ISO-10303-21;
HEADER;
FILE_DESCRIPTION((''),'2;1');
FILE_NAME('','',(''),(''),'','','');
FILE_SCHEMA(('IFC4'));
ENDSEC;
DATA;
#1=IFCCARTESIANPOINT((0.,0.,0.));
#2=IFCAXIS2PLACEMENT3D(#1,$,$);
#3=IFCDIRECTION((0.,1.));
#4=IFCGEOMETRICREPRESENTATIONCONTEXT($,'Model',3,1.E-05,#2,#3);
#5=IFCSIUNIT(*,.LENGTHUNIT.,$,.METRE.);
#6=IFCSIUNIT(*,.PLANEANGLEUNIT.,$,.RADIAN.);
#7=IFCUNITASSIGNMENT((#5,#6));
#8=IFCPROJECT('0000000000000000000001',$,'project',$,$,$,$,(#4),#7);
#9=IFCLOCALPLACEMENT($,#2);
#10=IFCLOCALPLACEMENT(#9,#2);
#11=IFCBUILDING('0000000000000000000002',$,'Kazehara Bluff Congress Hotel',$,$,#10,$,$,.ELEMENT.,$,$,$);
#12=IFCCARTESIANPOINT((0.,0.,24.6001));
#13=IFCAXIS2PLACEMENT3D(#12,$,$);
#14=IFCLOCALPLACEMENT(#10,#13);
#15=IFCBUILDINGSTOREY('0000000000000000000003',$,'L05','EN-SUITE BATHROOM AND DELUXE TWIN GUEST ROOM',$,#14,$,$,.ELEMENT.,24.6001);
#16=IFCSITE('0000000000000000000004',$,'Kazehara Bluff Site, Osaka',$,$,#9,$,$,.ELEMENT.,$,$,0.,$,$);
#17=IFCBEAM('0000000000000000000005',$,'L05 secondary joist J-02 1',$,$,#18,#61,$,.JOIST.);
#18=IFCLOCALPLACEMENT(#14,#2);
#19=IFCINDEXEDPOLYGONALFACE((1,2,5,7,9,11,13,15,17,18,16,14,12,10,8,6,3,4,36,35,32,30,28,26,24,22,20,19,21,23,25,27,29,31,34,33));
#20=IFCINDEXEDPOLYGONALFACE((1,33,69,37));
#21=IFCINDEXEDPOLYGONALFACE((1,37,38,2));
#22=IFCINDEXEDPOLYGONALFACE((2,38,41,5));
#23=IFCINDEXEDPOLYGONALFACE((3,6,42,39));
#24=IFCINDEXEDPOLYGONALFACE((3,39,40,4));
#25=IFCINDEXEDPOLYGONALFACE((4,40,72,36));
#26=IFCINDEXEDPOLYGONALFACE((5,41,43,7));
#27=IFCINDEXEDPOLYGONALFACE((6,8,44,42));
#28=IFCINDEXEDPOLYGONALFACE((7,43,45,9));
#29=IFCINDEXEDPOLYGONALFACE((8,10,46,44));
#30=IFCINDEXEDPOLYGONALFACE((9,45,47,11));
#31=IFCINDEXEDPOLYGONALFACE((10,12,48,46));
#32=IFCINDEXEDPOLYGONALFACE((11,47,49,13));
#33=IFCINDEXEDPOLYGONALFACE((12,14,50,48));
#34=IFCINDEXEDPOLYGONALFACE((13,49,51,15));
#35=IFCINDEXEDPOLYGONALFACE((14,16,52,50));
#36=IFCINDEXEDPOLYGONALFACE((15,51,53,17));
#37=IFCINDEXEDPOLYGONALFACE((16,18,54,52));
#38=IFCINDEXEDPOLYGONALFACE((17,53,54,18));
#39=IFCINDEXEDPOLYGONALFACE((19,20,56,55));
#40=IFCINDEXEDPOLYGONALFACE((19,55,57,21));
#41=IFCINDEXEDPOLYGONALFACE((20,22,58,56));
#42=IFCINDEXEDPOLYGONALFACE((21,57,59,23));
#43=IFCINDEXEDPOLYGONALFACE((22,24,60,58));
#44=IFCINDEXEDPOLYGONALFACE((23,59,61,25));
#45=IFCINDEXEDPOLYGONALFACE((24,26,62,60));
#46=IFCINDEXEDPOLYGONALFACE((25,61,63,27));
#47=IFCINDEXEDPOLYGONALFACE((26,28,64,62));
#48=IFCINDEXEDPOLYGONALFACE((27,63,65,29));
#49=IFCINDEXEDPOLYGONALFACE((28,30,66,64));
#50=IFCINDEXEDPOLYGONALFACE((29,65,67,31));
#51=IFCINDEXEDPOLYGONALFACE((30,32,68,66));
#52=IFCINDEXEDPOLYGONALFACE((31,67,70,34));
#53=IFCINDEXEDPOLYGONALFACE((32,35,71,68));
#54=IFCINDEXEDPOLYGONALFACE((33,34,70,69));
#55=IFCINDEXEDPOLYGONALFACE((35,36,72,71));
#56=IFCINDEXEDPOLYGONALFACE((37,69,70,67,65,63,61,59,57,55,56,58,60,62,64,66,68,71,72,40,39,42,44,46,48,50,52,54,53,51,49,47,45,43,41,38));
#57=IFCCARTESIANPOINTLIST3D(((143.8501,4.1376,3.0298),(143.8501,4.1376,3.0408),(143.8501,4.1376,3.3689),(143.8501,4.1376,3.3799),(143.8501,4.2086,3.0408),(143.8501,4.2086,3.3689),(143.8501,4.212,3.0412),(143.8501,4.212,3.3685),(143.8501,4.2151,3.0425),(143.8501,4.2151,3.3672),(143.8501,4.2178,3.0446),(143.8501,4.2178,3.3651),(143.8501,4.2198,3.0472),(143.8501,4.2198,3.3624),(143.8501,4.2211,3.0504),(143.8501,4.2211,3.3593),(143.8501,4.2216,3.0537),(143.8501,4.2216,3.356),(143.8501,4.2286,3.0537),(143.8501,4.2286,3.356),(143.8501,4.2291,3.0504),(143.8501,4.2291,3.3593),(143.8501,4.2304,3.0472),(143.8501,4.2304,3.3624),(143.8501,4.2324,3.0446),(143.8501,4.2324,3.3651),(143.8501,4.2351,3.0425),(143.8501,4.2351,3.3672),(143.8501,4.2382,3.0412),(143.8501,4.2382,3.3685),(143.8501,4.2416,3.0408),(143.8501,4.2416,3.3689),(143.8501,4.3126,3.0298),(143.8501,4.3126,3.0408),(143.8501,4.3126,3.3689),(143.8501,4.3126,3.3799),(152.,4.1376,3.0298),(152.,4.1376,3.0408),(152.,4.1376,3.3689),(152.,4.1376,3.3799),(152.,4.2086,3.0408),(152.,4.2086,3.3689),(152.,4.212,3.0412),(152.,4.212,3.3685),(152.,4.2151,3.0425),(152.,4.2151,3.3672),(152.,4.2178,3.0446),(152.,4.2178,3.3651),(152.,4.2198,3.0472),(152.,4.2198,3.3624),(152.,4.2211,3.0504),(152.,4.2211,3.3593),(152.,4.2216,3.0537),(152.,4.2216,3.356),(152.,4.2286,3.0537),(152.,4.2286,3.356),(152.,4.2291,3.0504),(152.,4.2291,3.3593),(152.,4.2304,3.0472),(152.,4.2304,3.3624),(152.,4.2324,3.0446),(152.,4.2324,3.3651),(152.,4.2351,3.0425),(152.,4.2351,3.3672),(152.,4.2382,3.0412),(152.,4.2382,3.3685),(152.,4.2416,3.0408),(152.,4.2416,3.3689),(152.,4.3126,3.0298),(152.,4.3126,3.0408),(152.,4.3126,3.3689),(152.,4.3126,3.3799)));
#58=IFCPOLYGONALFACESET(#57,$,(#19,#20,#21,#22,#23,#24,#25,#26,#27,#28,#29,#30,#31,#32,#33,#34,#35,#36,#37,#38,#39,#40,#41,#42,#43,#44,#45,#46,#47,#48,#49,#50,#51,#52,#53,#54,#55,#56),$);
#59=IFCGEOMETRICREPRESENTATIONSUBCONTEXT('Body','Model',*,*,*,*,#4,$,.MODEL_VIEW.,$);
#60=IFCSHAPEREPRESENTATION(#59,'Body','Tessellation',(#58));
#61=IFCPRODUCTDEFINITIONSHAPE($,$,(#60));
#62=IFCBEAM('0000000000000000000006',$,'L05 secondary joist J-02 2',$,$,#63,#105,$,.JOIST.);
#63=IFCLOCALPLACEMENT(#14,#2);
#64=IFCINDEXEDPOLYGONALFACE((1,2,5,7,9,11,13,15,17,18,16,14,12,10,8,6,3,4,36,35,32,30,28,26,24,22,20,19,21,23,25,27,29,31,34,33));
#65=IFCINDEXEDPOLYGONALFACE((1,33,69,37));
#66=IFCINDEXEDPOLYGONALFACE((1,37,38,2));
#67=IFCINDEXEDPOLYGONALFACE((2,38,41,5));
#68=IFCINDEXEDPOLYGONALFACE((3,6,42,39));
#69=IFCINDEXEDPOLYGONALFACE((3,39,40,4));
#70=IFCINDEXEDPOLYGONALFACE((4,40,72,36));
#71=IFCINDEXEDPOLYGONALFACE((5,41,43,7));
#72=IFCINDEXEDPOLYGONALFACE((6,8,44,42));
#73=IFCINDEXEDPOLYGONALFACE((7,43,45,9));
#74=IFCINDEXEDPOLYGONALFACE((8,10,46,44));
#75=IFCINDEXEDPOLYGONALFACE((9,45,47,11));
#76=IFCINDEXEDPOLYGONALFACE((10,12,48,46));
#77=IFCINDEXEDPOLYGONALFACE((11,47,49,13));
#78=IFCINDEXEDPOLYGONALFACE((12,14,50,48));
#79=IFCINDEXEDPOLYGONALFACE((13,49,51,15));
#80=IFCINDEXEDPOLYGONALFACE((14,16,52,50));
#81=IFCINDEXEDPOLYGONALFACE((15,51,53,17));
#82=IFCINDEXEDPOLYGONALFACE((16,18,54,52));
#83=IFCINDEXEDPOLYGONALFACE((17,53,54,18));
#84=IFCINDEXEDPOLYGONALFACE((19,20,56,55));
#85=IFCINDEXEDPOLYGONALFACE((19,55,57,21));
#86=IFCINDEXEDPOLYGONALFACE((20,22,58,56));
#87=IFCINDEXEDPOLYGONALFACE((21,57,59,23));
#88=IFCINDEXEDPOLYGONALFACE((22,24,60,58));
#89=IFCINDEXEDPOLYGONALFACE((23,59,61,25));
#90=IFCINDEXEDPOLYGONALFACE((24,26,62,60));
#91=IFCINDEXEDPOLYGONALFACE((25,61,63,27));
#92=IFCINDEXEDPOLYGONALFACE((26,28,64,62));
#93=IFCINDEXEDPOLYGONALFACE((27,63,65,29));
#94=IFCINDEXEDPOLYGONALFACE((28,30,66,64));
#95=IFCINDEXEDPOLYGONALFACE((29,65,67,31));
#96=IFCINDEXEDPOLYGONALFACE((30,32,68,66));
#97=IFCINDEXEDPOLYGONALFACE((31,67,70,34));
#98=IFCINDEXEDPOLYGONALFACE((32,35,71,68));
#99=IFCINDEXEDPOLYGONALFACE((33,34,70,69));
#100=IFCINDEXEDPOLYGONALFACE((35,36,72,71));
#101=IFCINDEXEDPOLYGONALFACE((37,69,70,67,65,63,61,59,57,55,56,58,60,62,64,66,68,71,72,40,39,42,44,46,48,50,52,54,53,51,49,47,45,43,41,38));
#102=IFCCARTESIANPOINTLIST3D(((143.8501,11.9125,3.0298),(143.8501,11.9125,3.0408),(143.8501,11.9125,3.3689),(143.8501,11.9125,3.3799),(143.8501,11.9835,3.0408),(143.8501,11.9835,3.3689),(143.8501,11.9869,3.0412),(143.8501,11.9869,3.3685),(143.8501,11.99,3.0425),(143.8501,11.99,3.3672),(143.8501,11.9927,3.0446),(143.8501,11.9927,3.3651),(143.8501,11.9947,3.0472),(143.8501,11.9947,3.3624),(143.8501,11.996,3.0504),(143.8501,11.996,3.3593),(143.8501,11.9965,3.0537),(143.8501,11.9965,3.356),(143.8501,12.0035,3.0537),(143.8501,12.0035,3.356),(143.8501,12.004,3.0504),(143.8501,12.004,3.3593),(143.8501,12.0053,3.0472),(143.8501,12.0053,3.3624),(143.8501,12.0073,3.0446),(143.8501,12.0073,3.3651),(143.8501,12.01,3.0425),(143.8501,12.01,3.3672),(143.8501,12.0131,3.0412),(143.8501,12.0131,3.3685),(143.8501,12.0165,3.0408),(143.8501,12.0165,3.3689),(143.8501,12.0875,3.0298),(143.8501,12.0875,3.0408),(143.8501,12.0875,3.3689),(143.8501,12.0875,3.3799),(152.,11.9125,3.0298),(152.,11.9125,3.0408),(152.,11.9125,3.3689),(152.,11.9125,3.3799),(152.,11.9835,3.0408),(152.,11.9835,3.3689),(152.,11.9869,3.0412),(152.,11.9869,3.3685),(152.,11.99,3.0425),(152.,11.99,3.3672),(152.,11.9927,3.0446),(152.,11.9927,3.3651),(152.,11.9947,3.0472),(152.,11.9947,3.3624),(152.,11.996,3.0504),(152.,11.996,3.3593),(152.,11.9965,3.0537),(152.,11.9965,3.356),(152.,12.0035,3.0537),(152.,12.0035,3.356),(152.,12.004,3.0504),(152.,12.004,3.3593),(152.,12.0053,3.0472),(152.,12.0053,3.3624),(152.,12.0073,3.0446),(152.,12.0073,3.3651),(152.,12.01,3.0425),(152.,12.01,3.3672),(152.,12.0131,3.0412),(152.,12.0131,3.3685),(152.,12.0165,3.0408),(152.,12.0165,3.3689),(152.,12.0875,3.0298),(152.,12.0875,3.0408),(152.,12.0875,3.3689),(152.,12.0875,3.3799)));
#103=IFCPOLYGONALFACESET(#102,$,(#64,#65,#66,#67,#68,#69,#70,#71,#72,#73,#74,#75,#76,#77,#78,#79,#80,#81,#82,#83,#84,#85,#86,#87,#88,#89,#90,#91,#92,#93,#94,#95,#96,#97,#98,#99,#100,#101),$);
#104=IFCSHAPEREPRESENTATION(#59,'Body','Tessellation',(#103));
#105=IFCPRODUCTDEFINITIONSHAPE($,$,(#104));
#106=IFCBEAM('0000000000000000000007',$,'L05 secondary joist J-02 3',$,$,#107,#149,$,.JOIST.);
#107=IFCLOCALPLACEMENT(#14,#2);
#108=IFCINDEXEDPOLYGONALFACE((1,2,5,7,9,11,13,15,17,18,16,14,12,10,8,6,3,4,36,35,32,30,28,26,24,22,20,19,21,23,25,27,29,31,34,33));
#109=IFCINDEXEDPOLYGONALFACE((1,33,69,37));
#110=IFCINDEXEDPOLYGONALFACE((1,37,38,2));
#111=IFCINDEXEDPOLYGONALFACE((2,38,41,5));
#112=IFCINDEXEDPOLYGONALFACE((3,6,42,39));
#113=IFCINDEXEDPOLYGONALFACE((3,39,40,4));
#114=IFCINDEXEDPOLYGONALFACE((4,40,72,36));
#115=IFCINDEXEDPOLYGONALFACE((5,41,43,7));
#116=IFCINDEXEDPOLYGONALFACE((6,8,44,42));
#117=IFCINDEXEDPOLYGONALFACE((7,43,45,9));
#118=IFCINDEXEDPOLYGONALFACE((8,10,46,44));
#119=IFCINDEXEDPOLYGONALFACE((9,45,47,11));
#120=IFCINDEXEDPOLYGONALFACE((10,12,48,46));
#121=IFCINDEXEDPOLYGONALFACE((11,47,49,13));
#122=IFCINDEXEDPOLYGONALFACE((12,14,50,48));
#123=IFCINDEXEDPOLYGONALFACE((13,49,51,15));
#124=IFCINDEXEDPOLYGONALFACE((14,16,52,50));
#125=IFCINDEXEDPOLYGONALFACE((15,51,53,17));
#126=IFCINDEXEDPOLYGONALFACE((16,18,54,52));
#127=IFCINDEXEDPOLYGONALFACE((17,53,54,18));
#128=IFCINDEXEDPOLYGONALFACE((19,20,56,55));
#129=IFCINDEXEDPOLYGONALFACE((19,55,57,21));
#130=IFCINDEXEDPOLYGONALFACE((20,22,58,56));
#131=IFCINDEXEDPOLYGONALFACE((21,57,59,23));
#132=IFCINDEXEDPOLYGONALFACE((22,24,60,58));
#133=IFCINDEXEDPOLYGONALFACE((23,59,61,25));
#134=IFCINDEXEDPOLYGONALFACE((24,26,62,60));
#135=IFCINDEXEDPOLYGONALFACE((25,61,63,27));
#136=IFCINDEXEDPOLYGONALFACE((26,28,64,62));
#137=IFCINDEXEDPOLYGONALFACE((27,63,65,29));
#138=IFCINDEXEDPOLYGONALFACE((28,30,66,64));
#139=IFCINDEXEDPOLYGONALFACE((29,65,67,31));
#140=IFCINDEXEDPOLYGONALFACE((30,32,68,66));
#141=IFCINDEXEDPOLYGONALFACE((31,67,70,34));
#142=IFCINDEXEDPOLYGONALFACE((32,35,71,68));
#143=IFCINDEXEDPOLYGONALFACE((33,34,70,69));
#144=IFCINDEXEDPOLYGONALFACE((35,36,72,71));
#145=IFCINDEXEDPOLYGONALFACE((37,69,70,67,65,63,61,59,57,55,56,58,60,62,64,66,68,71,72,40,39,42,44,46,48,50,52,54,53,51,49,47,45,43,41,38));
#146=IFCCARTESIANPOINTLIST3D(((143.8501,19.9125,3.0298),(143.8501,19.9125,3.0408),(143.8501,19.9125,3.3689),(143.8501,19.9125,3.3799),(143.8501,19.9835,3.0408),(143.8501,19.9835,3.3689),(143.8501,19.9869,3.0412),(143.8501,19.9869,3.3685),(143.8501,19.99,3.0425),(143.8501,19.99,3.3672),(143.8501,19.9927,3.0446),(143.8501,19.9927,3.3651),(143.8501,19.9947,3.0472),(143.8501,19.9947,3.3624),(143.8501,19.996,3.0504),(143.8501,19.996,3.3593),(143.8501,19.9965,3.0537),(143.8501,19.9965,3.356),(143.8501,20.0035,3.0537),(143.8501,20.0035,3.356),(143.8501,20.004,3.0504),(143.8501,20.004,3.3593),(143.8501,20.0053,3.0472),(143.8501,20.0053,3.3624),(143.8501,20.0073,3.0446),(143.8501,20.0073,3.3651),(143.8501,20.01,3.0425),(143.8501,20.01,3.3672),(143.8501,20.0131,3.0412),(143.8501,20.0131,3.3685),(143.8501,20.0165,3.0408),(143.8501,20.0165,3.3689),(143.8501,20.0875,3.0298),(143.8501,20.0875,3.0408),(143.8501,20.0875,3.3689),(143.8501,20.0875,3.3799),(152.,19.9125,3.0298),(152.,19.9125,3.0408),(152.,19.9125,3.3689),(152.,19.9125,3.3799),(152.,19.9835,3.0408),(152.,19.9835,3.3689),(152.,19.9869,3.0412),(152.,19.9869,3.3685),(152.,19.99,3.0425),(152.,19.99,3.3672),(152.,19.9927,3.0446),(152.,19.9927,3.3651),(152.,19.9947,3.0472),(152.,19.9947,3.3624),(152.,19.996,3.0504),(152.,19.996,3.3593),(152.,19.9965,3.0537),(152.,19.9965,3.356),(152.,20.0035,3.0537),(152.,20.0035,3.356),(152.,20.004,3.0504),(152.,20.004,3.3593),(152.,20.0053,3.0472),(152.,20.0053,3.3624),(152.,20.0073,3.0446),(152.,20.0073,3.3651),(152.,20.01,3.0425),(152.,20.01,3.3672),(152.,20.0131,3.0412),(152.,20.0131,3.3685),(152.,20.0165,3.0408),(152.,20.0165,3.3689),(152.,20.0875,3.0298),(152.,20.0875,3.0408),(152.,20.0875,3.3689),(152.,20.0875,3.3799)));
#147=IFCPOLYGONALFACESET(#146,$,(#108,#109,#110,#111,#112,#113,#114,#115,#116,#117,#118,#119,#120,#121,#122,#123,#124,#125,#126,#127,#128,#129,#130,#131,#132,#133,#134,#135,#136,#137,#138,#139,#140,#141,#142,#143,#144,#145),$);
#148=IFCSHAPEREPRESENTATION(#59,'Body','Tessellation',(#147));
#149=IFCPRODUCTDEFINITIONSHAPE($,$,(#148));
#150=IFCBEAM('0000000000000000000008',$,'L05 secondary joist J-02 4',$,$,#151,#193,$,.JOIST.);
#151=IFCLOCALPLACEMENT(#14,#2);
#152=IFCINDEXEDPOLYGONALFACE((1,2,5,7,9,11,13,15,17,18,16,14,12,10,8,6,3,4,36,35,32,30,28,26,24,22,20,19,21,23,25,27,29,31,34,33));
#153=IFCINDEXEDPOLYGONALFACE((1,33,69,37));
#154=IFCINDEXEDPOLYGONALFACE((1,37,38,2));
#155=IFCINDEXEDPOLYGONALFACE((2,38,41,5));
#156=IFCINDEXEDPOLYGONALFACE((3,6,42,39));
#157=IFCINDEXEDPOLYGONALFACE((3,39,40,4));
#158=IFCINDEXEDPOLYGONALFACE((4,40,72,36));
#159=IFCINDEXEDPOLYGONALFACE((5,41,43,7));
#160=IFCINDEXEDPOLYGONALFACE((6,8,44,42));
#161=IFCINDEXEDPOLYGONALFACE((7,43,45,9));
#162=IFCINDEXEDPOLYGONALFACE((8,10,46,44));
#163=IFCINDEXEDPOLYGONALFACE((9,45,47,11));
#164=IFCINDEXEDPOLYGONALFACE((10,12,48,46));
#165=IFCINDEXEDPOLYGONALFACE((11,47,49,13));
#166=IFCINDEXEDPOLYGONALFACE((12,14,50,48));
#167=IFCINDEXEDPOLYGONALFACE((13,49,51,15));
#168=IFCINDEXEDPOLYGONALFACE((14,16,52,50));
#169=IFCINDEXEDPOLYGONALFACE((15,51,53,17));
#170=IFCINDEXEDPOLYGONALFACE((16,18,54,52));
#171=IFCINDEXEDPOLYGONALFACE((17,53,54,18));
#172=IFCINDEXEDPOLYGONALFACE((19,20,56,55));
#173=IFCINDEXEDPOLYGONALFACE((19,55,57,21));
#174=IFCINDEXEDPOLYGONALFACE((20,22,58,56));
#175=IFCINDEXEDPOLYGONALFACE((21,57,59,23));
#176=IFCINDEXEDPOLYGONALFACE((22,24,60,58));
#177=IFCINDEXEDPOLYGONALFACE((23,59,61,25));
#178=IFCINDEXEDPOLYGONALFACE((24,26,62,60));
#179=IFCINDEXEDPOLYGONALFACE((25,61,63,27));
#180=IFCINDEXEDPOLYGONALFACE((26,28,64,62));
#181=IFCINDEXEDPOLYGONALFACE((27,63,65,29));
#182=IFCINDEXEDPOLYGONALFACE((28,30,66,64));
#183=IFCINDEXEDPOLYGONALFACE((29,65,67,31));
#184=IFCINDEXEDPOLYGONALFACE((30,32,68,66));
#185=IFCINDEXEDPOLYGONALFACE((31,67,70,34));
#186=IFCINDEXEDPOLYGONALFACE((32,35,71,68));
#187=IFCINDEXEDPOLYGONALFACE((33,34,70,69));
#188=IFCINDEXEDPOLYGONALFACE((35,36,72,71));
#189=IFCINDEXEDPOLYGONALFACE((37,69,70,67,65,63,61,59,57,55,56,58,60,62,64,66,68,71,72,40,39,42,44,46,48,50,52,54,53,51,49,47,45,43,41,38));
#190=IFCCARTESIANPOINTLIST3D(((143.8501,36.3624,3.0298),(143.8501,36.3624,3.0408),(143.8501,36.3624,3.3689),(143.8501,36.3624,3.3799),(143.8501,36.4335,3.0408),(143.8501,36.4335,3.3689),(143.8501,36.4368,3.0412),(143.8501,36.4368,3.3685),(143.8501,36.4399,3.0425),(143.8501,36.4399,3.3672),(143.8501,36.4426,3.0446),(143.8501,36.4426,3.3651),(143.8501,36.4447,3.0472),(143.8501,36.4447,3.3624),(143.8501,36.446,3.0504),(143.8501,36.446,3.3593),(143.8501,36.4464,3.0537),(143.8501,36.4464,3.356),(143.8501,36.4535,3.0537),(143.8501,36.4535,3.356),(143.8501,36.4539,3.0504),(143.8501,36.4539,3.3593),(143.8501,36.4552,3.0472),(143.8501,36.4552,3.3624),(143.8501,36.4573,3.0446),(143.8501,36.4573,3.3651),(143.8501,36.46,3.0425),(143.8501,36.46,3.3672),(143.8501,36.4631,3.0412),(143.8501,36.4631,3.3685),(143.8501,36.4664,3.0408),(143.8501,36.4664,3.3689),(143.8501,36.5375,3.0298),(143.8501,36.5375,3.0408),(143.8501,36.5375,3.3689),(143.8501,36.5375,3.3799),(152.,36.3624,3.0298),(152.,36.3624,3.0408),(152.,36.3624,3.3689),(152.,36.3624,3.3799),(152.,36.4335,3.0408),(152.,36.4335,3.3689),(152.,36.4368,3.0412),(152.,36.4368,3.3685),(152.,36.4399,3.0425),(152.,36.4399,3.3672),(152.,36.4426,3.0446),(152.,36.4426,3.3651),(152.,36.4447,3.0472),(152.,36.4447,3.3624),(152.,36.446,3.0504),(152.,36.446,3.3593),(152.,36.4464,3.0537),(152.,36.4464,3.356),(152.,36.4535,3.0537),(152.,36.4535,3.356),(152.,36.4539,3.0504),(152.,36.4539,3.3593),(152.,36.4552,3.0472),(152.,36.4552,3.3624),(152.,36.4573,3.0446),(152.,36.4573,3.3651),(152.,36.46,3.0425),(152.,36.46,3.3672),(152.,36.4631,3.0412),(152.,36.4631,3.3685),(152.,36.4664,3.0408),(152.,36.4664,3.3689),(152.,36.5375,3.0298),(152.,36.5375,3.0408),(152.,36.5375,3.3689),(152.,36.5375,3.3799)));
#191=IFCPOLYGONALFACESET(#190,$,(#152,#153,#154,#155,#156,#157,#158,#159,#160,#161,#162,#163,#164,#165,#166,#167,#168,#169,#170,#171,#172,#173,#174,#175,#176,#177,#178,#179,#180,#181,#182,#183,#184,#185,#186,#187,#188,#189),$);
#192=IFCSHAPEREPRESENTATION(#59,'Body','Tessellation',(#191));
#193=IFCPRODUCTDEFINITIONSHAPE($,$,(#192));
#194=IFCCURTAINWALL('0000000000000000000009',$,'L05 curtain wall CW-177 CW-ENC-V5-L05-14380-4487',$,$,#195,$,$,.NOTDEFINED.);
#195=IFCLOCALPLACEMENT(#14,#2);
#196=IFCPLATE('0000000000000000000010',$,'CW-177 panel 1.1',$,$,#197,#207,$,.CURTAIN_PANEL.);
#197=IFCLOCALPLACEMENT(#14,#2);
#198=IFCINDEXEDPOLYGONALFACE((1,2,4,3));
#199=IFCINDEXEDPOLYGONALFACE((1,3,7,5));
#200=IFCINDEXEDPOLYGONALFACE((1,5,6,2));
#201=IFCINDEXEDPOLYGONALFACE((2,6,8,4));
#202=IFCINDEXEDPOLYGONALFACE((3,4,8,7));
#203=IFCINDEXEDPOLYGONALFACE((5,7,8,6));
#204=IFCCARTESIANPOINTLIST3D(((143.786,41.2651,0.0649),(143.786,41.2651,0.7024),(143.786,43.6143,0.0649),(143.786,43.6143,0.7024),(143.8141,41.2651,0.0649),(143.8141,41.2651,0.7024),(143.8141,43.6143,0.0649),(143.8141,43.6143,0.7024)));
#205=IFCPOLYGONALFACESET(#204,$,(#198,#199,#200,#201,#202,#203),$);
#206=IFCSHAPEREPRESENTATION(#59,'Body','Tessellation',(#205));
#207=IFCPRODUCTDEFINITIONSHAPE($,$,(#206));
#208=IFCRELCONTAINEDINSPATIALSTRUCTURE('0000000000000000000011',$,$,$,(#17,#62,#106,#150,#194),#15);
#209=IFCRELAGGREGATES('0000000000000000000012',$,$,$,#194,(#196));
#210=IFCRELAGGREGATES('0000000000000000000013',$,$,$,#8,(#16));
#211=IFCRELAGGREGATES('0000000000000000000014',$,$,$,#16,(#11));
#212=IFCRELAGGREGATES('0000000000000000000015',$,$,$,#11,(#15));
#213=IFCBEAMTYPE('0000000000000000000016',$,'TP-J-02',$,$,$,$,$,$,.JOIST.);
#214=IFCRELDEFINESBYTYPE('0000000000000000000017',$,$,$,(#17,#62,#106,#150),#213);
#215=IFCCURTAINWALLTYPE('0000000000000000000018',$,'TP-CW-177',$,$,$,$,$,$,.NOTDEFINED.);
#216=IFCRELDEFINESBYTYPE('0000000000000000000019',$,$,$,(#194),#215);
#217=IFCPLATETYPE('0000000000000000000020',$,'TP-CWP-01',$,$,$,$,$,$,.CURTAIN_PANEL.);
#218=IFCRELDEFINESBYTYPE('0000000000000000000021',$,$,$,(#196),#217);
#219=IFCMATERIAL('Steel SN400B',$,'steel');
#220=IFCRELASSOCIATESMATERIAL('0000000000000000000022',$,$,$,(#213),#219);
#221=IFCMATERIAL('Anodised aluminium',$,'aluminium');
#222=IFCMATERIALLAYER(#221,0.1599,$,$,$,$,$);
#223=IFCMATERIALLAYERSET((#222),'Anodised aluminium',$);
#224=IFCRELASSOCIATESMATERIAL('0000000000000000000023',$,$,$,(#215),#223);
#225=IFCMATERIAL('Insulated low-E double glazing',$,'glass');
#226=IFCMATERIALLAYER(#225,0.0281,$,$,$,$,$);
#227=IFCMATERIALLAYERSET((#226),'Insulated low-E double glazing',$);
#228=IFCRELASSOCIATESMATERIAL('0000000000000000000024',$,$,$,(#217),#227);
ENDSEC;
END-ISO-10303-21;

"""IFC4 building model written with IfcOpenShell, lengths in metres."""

from ifc_helpers import new_model, si_unit, direction, frame, origin, origin_2d, place, context, subcontext, project, spatial, rectangle, i_section, extrude, material, layer, layer_set, material_profile, profile_set, type_object, element, aggregate, save


model = new_model("IFC4")

# Units and contexts
model_context = context("Model", 3, precision=1e-05, world=origin(), true_north=direction((0.0, 1.0)))
body_context = subcontext(model_context, "Body", "Model", "MODEL_VIEW")
ifc_project = project(units=[si_unit("LENGTHUNIT", "METRE"), si_unit("PLANEANGLEUNIT", "RADIAN")], contexts=[model_context])

# Site, building, storey
site_placement = place(None, origin())
site = spatial("IfcSite", under=ifc_project, at=site_placement, Name="Kazehara Bluff Site, Osaka", CompositionType="ELEMENT", RefElevation=0.0)
building_placement = place(site_placement, origin())
building = spatial("IfcBuilding", under=site, at=building_placement, Name="Kazehara Bluff Congress Hotel", CompositionType="ELEMENT")
storey_placement = place(building_placement, frame((0.0, 0.0, 24.6001)))
storey = spatial("IfcBuildingStorey", under=building, at=storey_placement, Name="L05", Description="EN-SUITE BATHROOM AND DELUXE TWIN GUEST ROOM", CompositionType="ELEMENT", Elevation=24.6001)

# Beams
ifc_material_1 = material(Name="Steel SN400B", Category="steel")
ifc_material_profile_1 = material_profile(ifc_material_1, i_section(OverallWidth=0.175, OverallDepth=0.3501, WebThickness=0.0071, FlangeThickness=0.011, FilletRadius=0.0129, at=origin_2d()))
ifc_profile_set_1 = profile_set([ifc_material_profile_1], Name="Steel SN400B")
beam_type_1 = type_object("IfcBeamType", Name="TP-J-02", PredefinedType="JOIST", material=ifc_profile_set_1)
for number, where, z_axis, x_axis, name in (
    (1, (143.8501, 4.2251, 3.2048), (1.0, 0.0, 0.0), (0.0, 1.0, 0.0), "L05 secondary joist J-02 1"),
    (2, (143.8501, 12.0, 3.2048), (1.0, 0.0, 0.0), (0.0, 1.0, 0.0), "L05 secondary joist J-02 2"),
    (3, (143.8501, 20.0, 3.2048), (1.0, 0.0, 0.0), (0.0, 1.0, 0.0), "L05 secondary joist J-02 3"),
    (4, (143.8501, 36.45, 3.2048), (1.0, 0.0, 0.0), (0.0, 1.0, 0.0), "L05 secondary joist J-02 4"),
):
    element("IfcBeam", number, at=place(storey_placement, frame(where, z_axis=z_axis, x_axis=x_axis)), inside=storey, type_object=beam_type_1, Name=name, PredefinedType="JOIST", context=body_context, shape_type="SweptSolid", body=[
        extrude(i_section(OverallWidth=0.175, OverallDepth=0.3501, WebThickness=0.0071, FlangeThickness=0.011, FilletRadius=0.0129, at=origin_2d()), origin(), (0.0, 0.0, 1.0), 8.1499),
    ])

# Curtain wall, plate
ifc_material_2 = material(Name="Anodised aluminium", Category="aluminium")
ifc_layer_1 = layer(ifc_material_2, 0.1599)
ifc_layer_set_1 = layer_set([ifc_layer_1], Name="Anodised aluminium")
curtain_wall_type_1 = type_object("IfcCurtainWallType", Name="TP-CW-177", PredefinedType="NOTDEFINED", material=ifc_layer_set_1)
curtain_wall_1_placement = place(storey_placement, origin())
curtain_wall_1 = element("IfcCurtainWall", 5, at=curtain_wall_1_placement, inside=storey, type_object=curtain_wall_type_1, Name="L05 curtain wall CW-177 CW-ENC-V5-L05-14380-4487", PredefinedType="NOTDEFINED")
ifc_material_3 = material(Name="Insulated low-E double glazing", Category="glass")
ifc_layer_2 = layer(ifc_material_3, 0.0281)
ifc_layer_set_2 = layer_set([ifc_layer_2], Name="Insulated low-E double glazing")
plate_type = type_object("IfcPlateType", Name="TP-CWP-01", PredefinedType="CURTAIN_PANEL", material=ifc_layer_set_2)
plate_1_placement = place(storey_placement, frame((143.8, 42.4397, 0.0649), z_axis=(0.0, 0.0, 1.0), x_axis=(0.0, 1.0, 0.0)))
plate_1 = element("IfcPlate", 6, at=plate_1_placement, type_object=plate_type, Name="CW-177 panel 1.1", PredefinedType="CURTAIN_PANEL", context=body_context, shape_type="SweptSolid", body=[
    extrude(rectangle(XDim=2.3491, YDim=0.0281, at=origin_2d()), origin(), (0.0, 0.0, 1.0), 0.6375),
])
aggregate(curtain_wall_1, [plate_1])

save(model, "model.ifc")
